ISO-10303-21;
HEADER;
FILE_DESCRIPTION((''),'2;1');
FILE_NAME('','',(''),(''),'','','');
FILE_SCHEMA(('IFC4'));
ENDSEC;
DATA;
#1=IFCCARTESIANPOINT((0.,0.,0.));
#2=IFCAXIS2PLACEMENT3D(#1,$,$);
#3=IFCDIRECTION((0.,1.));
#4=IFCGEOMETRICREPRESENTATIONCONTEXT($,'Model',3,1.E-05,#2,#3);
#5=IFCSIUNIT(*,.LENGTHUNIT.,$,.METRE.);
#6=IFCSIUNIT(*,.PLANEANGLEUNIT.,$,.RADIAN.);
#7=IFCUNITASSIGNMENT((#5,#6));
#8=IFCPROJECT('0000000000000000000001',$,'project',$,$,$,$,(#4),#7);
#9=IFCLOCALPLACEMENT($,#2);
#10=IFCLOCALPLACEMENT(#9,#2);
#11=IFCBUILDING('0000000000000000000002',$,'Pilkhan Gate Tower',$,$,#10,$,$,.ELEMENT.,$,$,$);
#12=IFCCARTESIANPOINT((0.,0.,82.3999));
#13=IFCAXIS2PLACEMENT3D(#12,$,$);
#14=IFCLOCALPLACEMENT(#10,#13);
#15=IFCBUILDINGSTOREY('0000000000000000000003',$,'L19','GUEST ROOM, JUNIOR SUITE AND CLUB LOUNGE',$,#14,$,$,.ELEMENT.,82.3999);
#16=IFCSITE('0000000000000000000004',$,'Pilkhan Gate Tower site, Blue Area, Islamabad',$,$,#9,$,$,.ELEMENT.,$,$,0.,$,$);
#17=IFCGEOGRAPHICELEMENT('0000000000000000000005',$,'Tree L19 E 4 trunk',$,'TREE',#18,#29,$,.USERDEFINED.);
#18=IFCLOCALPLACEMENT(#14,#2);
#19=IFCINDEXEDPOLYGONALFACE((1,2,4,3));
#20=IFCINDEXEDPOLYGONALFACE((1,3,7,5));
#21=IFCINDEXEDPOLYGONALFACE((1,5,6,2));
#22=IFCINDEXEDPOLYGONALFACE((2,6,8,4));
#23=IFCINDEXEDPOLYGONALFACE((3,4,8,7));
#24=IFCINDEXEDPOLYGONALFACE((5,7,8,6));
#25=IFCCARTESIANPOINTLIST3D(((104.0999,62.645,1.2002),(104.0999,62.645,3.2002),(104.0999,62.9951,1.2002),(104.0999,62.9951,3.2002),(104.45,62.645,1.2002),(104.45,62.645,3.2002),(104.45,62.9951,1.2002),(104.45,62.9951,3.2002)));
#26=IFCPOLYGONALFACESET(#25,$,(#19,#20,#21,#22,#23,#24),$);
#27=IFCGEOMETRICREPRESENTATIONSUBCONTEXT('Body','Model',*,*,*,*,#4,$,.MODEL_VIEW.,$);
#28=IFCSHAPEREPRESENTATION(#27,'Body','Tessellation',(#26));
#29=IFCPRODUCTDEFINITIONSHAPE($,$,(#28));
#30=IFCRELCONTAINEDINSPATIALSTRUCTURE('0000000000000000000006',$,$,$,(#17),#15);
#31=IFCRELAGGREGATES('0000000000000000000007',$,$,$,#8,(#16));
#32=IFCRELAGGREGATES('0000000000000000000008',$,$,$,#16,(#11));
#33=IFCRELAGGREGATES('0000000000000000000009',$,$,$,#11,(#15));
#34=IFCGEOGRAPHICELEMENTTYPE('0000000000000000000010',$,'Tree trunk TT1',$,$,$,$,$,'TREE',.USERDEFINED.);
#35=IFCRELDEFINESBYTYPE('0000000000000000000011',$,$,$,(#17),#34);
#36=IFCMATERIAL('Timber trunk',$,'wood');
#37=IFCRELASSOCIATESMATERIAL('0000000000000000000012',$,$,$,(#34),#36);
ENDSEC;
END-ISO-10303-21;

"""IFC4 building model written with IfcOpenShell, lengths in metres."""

from ifc_helpers import new_model, si_unit, direction, frame, origin, origin_2d, place, context, subcontext, project, spatial, rectangle, extrude, material, type_object, element, save


model = new_model("IFC4")

# Units and contexts
model_context = context("Model", 3, precision=1e-05, world=origin(), true_north=direction((0.0, 1.0)))
body_context = subcontext(model_context, "Body", "Model", "MODEL_VIEW")
ifc_project = project(units=[si_unit("LENGTHUNIT", "METRE"), si_unit("PLANEANGLEUNIT", "RADIAN")], contexts=[model_context])

# Site, building, storey
site_placement = place(None, origin())
site = spatial("IfcSite", under=ifc_project, at=site_placement, Name="Pilkhan Gate Tower site, Blue Area, Islamabad", CompositionType="ELEMENT", RefElevation=0.0)
building_placement = place(site_placement, origin())
building = spatial("IfcBuilding", under=site, at=building_placement, Name="Pilkhan Gate Tower", CompositionType="ELEMENT")
storey_placement = place(building_placement, frame((0.0, 0.0, 82.3999)))
storey = spatial("IfcBuildingStorey", under=building, at=storey_placement, Name="L19", Description="GUEST ROOM, JUNIOR SUITE AND CLUB LOUNGE", CompositionType="ELEMENT", Elevation=82.3999)

# Geographic element
ifc_material_1 = material(Name="Timber trunk", Category="wood")
geographic_element_type_1 = type_object("IfcGeographicElementType", Name="Tree trunk TT1", ElementType="TREE", PredefinedType="USERDEFINED", material=ifc_material_1)
for number, where, z_axis, x_axis, name in (
    (1, (104.2749, 62.8201, 1.2002), (0.0, 0.0, 1.0), (1.0, 0.0, 0.0), "Tree L19 E 4 trunk"),
):
    element("IfcGeographicElement", number, at=place(storey_placement, frame(where, z_axis=z_axis, x_axis=x_axis)), inside=storey, type_object=geographic_element_type_1, Name=name, ObjectType="TREE", PredefinedType="USERDEFINED", context=body_context, shape_type="SweptSolid", body=[
        extrude(rectangle(XDim=0.3501, YDim=0.3501, at=origin_2d()), origin(), (0.0, 0.0, 1.0), 2.0),
    ])

save(model, "model.ifc")
